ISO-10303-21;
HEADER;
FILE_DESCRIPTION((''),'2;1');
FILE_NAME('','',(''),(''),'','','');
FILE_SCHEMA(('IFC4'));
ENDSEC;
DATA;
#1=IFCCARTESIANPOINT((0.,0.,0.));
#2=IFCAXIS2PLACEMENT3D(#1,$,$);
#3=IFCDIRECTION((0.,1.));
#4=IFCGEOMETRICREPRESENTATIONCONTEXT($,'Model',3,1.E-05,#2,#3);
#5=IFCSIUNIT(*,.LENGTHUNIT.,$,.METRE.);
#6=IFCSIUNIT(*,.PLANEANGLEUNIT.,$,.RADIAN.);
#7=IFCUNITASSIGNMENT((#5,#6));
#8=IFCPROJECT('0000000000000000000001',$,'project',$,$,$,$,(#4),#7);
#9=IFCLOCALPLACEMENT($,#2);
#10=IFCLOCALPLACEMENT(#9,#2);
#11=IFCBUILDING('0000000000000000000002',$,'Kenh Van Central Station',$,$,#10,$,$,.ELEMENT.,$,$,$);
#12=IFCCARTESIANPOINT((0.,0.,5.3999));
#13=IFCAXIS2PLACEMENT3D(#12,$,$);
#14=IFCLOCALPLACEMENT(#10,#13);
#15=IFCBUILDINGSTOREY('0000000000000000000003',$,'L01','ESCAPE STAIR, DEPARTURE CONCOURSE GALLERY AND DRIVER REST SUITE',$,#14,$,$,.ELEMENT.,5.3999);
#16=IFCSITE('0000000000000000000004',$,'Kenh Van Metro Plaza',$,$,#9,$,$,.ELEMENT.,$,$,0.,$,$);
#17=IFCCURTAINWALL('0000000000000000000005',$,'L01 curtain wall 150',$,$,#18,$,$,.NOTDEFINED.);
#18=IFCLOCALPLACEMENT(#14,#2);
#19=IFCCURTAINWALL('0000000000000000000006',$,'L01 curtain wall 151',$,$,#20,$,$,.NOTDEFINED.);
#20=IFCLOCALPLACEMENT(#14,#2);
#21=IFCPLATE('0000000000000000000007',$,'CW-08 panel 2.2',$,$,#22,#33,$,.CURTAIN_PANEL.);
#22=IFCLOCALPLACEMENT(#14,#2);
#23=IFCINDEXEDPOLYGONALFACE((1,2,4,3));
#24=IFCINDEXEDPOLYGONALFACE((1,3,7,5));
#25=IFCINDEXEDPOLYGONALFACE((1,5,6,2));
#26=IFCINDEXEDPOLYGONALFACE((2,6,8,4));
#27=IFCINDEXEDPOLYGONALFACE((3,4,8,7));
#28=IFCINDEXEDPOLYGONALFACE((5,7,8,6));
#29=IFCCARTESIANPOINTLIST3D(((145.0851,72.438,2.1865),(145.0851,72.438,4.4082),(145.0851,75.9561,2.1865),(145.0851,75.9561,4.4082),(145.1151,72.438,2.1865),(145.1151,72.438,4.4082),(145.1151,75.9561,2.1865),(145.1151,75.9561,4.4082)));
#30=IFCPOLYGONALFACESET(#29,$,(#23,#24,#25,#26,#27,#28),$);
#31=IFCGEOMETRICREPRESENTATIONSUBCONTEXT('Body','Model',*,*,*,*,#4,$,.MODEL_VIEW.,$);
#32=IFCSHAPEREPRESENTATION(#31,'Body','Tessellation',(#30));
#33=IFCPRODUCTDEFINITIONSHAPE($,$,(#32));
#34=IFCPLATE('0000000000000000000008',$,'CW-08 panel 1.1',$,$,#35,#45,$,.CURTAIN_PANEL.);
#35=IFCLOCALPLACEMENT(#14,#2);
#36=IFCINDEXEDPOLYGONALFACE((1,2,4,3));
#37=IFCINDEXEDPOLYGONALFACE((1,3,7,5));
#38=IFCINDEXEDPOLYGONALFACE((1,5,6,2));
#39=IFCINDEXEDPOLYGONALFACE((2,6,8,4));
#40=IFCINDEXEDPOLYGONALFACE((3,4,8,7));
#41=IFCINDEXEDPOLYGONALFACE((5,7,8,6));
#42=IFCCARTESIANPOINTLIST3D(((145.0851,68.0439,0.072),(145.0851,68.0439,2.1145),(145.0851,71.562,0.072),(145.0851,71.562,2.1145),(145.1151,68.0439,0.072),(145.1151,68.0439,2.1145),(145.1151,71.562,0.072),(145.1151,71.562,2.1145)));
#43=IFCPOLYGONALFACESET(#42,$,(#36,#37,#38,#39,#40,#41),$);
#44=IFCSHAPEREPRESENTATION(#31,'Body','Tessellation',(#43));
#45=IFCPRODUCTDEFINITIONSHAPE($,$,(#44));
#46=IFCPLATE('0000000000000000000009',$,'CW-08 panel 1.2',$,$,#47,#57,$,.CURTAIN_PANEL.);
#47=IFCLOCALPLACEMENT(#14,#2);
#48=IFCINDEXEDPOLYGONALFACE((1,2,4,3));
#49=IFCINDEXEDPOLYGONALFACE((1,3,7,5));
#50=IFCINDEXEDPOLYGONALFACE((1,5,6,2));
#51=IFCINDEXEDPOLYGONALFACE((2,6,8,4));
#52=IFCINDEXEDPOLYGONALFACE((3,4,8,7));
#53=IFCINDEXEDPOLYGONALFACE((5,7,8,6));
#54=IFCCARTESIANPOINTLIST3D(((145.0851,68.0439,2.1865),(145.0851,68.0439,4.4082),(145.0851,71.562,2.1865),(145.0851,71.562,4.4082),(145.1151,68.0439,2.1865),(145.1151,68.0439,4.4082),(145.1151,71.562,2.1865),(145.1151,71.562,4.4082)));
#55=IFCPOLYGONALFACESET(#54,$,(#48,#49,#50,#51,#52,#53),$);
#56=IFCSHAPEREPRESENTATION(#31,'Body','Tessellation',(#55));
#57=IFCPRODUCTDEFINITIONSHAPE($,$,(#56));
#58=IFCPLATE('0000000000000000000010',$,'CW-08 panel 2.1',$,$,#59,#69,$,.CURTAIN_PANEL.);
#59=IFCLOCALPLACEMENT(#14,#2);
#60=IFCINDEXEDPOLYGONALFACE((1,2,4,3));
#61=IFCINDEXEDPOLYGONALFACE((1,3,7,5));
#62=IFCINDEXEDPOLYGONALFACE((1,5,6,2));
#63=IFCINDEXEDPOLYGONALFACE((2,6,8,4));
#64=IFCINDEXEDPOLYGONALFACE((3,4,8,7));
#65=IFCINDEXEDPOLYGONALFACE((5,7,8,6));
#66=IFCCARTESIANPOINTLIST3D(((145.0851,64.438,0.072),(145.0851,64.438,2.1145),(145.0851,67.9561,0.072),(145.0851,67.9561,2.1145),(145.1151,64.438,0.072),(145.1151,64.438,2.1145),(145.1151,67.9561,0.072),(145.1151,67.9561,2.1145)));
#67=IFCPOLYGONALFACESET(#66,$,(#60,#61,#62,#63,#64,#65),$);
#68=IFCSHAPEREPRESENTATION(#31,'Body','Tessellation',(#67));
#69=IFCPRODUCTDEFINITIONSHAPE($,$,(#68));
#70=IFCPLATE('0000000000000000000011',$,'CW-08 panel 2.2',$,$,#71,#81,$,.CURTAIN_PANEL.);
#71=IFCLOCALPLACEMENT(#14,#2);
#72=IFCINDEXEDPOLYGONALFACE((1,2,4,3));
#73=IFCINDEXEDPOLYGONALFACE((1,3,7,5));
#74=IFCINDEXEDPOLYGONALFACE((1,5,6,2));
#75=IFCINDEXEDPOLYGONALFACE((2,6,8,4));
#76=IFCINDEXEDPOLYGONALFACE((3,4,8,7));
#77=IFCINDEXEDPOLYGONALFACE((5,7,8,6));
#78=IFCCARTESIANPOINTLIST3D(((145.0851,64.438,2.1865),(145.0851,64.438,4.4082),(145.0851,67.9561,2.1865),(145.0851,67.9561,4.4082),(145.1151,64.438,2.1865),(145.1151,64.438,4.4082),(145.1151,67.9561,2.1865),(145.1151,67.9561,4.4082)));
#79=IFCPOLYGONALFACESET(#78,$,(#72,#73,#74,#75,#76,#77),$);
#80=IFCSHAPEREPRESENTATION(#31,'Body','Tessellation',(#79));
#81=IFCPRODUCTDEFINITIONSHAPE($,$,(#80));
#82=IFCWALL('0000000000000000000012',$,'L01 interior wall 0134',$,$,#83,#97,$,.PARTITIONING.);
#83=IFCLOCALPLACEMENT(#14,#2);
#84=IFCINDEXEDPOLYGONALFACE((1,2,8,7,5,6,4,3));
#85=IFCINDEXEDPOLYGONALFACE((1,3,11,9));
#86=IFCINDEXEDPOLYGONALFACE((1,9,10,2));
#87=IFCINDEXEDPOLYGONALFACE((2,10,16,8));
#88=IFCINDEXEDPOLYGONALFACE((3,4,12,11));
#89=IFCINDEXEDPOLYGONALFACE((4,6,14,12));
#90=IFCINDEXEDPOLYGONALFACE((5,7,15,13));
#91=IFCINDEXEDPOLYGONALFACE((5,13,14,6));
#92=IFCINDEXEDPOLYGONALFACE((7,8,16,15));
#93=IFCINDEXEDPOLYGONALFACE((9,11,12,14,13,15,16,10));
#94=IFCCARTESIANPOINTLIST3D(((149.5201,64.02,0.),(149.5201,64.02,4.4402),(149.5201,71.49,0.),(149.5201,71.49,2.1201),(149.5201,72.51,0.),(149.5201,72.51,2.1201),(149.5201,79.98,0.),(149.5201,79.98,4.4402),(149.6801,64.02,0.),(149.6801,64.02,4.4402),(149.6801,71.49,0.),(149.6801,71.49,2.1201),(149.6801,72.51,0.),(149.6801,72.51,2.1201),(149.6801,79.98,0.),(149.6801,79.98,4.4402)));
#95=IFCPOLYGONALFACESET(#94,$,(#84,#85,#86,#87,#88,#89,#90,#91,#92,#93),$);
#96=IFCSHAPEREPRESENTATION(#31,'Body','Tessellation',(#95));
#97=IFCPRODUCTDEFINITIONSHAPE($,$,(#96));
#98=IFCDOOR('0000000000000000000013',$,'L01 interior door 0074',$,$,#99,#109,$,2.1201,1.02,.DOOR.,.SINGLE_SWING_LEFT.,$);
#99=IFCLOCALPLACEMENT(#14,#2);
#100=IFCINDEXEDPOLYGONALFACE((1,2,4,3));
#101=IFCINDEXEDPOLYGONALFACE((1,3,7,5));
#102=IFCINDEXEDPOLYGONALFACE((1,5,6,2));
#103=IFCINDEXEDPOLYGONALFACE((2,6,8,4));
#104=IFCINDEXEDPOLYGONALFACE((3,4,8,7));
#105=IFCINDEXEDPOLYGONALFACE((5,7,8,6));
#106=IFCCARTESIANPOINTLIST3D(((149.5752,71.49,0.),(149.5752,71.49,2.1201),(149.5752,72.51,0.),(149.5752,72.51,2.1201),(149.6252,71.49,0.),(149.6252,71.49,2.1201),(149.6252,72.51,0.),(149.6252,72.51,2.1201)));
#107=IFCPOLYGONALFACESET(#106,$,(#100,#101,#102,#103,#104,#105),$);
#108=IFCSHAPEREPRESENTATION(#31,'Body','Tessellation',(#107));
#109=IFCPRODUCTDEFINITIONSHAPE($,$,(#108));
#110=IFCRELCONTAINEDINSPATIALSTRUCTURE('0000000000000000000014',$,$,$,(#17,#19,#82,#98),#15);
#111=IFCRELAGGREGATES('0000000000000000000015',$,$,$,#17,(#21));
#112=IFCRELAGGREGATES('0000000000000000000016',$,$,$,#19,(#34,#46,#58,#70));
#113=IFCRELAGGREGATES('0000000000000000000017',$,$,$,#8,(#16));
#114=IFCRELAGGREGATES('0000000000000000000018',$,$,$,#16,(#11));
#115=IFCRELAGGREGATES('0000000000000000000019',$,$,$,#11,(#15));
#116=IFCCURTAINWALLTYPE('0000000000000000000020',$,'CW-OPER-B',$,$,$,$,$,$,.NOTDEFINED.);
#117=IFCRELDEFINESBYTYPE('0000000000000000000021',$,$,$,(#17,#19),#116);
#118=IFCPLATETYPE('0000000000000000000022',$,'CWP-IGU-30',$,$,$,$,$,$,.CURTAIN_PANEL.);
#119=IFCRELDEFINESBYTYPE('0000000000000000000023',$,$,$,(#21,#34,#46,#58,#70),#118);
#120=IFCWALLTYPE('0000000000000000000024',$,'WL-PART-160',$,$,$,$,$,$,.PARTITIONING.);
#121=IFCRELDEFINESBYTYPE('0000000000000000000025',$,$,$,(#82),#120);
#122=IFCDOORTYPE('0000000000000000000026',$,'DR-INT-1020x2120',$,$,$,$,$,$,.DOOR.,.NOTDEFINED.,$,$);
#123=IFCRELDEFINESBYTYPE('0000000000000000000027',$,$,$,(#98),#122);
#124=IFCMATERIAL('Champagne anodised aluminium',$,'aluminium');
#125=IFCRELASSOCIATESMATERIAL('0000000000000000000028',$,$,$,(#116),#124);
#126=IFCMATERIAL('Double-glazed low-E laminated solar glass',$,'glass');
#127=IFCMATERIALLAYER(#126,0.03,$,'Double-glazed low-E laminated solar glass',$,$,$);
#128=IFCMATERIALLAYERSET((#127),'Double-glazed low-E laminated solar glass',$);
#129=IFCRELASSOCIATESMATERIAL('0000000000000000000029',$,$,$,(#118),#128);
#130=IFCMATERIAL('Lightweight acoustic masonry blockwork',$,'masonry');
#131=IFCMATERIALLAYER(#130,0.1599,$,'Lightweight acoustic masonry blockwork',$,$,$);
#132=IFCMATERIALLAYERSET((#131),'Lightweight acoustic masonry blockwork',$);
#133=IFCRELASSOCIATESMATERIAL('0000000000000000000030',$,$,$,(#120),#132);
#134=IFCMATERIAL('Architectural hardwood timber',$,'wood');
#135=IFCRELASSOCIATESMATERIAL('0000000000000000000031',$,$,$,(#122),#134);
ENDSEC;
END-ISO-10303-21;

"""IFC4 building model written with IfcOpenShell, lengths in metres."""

from ifc_helpers import new_model, si_unit, direction, frame, frame_2d, origin, origin_2d, place, context, subcontext, project, spatial, rectangle, extrude, material, layer, layer_set, type_object, element, fill, aggregate, save


model = new_model("IFC4")

# Units and contexts
model_context = context("Model", 3, precision=1e-05, world=origin(), true_north=direction((0.0, 1.0)))
body_context = subcontext(model_context, "Body", "Model", "MODEL_VIEW")
ifc_project = project(units=[si_unit("LENGTHUNIT", "METRE"), si_unit("PLANEANGLEUNIT", "RADIAN")], contexts=[model_context])

# Site, building, storey
site_placement = place(None, origin())
site = spatial("IfcSite", under=ifc_project, at=site_placement, Name="Kenh Van Metro Plaza", CompositionType="ELEMENT", RefElevation=0.0)
building_placement = place(site_placement, origin())
building = spatial("IfcBuilding", under=site, at=building_placement, Name="Kenh Van Central Station", CompositionType="ELEMENT")
storey_placement = place(building_placement, frame((0.0, 0.0, 5.3999)))
storey = spatial("IfcBuildingStorey", under=building, at=storey_placement, Name="L01", Description="ESCAPE STAIR, DEPARTURE CONCOURSE GALLERY AND DRIVER REST SUITE", CompositionType="ELEMENT", Elevation=5.3999)

# Curtain walls
ifc_material_1 = material(Name="Champagne anodised aluminium", Category="aluminium")
curtain_wall_type = type_object("IfcCurtainWallType", Name="CW-OPER-B", PredefinedType="NOTDEFINED", material=ifc_material_1)
curtain_wall_1_placement = place(storey_placement, origin())
curtain_wall_1 = element("IfcCurtainWall", 1, at=curtain_wall_1_placement, inside=storey, type_object=curtain_wall_type, Name="L01 curtain wall 150", PredefinedType="NOTDEFINED")
curtain_wall_2_placement = place(storey_placement, origin())
curtain_wall_2 = element("IfcCurtainWall", 2, at=curtain_wall_2_placement, inside=storey, type_object=curtain_wall_type, Name="L01 curtain wall 151", PredefinedType="NOTDEFINED")

# Plates
ifc_material_2 = material(Name="Double-glazed low-E laminated solar glass", Category="glass")
ifc_layer_1 = layer(ifc_material_2, 0.03, Name="Double-glazed low-E laminated solar glass")
ifc_layer_set_1 = layer_set([ifc_layer_1], Name="Double-glazed low-E laminated solar glass")
plate_type = type_object("IfcPlateType", Name="CWP-IGU-30", PredefinedType="CURTAIN_PANEL", material=ifc_layer_set_1)
plate_1_placement = place(storey_placement, frame((145.1001, 74.197, 2.1865), z_axis=(0.0, 0.0, 1.0), x_axis=(0.0, -1.0, 0.0)))
plate_1 = element("IfcPlate", 3, at=plate_1_placement, type_object=plate_type, Name="CW-08 panel 2.2", PredefinedType="CURTAIN_PANEL", context=body_context, shape_type="SweptSolid", body=[
    extrude(rectangle(XDim=3.5181, YDim=0.03, at=origin_2d()), origin(), (0.0, 0.0, 1.0), 2.2217),
])
aggregate(curtain_wall_1, [plate_1])
plate_2_placement = place(storey_placement, frame((145.1001, 69.803, 0.072), z_axis=(0.0, 0.0, 1.0), x_axis=(0.0, -1.0, 0.0)))
plate_2 = element("IfcPlate", 4, at=plate_2_placement, type_object=plate_type, Name="CW-08 panel 1.1", PredefinedType="CURTAIN_PANEL", context=body_context, shape_type="SweptSolid", body=[
    extrude(rectangle(XDim=3.5181, YDim=0.03, at=origin_2d()), origin(), (0.0, 0.0, 1.0), 2.0425),
])
plate_3_placement = place(storey_placement, frame((145.1001, 69.803, 2.1865), z_axis=(0.0, 0.0, 1.0), x_axis=(0.0, -1.0, 0.0)))
plate_3 = element("IfcPlate", 5, at=plate_3_placement, type_object=plate_type, Name="CW-08 panel 1.2", PredefinedType="CURTAIN_PANEL", context=body_context, shape_type="SweptSolid", body=[
    extrude(rectangle(XDim=3.5181, YDim=0.03, at=origin_2d()), origin(), (0.0, 0.0, 1.0), 2.2217),
])
plate_4_placement = place(storey_placement, frame((145.1001, 66.197, 0.072), z_axis=(0.0, 0.0, 1.0), x_axis=(0.0, -1.0, 0.0)))
plate_4 = element("IfcPlate", 6, at=plate_4_placement, type_object=plate_type, Name="CW-08 panel 2.1", PredefinedType="CURTAIN_PANEL", context=body_context, shape_type="SweptSolid", body=[
    extrude(rectangle(XDim=3.5181, YDim=0.03, at=origin_2d()), origin(), (0.0, 0.0, 1.0), 2.0425),
])
plate_5_placement = place(storey_placement, frame((145.1001, 66.197, 2.1865), z_axis=(0.0, 0.0, 1.0), x_axis=(0.0, -1.0, 0.0)))
plate_5 = element("IfcPlate", 7, at=plate_5_placement, type_object=plate_type, Name="CW-08 panel 2.2", PredefinedType="CURTAIN_PANEL", context=body_context, shape_type="SweptSolid", body=[
    extrude(rectangle(XDim=3.5181, YDim=0.03, at=origin_2d()), origin(), (0.0, 0.0, 1.0), 2.2217),
])
aggregate(curtain_wall_2, [plate_2, plate_3, plate_4, plate_5])

# Wall, opening, door
ifc_material_3 = material(Name="Lightweight acoustic masonry blockwork", Category="masonry")
ifc_layer_2 = layer(ifc_material_3, 0.1599, Name="Lightweight acoustic masonry blockwork")
ifc_layer_set_2 = layer_set([ifc_layer_2], Name="Lightweight acoustic masonry blockwork")
wall_type = type_object("IfcWallType", Name="WL-PART-160", PredefinedType="PARTITIONING", material=ifc_layer_set_2)
wall_placement = place(storey_placement, frame((149.6001, 64.02, 0.0), z_axis=(0.0, 0.0, 1.0), x_axis=(0.0, 1.0, 0.0)))
wall = element("IfcWall", 8, at=wall_placement, inside=storey, type_object=wall_type, Name="L01 interior wall 0134", PredefinedType="PARTITIONING", context=body_context, shape_type="SweptSolid", body=[
    extrude(rectangle(XDim=15.96, YDim=0.1599, at=frame_2d((7.98, 0.0))), origin(), (0.0, 0.0, 1.0), 4.4402),
])
opening_placement = place(wall_placement, frame((7.47, 0.0, 0.0)))
opening = element("IfcOpeningElement", 9, at=opening_placement, cuts=wall, PredefinedType="OPENING", context=body_context, shape_type="SweptSolid", body=[
    extrude(rectangle(XDim=1.02, YDim=2.1201, at=frame_2d((0.51, 1.0601))), frame((0.0, 0.0898, 0.0), z_axis=(0.0, -1.0, 0.0), x_axis=(1.0, 0.0, 0.0)), (0.0, 0.0, 1.0), 0.1799),
])
ifc_material_4 = material(Name="Architectural hardwood timber", Category="wood")
door_type = type_object("IfcDoorType", Name="DR-INT-1020x2120", OperationType="NOTDEFINED", PredefinedType="DOOR", material=ifc_material_4)
door_placement = place(opening_placement, origin())
door = element("IfcDoor", 10, at=door_placement, inside=storey, type_object=door_type, Name="L01 interior door 0074", OperationType="SINGLE_SWING_LEFT", OverallHeight=2.1201, OverallWidth=1.02, PredefinedType="DOOR", context=body_context, shape_type="SweptSolid", body=[
    extrude(rectangle(XDim=1.02, YDim=2.1201, at=frame_2d((0.51, 1.0601))), frame((0.0, 0.0249, 0.0), z_axis=(0.0, -1.0, 0.0), x_axis=(1.0, 0.0, 0.0)), (0.0, 0.0, 1.0), 0.05),
])
fill(opening, door)

save(model, "model.ifc")
